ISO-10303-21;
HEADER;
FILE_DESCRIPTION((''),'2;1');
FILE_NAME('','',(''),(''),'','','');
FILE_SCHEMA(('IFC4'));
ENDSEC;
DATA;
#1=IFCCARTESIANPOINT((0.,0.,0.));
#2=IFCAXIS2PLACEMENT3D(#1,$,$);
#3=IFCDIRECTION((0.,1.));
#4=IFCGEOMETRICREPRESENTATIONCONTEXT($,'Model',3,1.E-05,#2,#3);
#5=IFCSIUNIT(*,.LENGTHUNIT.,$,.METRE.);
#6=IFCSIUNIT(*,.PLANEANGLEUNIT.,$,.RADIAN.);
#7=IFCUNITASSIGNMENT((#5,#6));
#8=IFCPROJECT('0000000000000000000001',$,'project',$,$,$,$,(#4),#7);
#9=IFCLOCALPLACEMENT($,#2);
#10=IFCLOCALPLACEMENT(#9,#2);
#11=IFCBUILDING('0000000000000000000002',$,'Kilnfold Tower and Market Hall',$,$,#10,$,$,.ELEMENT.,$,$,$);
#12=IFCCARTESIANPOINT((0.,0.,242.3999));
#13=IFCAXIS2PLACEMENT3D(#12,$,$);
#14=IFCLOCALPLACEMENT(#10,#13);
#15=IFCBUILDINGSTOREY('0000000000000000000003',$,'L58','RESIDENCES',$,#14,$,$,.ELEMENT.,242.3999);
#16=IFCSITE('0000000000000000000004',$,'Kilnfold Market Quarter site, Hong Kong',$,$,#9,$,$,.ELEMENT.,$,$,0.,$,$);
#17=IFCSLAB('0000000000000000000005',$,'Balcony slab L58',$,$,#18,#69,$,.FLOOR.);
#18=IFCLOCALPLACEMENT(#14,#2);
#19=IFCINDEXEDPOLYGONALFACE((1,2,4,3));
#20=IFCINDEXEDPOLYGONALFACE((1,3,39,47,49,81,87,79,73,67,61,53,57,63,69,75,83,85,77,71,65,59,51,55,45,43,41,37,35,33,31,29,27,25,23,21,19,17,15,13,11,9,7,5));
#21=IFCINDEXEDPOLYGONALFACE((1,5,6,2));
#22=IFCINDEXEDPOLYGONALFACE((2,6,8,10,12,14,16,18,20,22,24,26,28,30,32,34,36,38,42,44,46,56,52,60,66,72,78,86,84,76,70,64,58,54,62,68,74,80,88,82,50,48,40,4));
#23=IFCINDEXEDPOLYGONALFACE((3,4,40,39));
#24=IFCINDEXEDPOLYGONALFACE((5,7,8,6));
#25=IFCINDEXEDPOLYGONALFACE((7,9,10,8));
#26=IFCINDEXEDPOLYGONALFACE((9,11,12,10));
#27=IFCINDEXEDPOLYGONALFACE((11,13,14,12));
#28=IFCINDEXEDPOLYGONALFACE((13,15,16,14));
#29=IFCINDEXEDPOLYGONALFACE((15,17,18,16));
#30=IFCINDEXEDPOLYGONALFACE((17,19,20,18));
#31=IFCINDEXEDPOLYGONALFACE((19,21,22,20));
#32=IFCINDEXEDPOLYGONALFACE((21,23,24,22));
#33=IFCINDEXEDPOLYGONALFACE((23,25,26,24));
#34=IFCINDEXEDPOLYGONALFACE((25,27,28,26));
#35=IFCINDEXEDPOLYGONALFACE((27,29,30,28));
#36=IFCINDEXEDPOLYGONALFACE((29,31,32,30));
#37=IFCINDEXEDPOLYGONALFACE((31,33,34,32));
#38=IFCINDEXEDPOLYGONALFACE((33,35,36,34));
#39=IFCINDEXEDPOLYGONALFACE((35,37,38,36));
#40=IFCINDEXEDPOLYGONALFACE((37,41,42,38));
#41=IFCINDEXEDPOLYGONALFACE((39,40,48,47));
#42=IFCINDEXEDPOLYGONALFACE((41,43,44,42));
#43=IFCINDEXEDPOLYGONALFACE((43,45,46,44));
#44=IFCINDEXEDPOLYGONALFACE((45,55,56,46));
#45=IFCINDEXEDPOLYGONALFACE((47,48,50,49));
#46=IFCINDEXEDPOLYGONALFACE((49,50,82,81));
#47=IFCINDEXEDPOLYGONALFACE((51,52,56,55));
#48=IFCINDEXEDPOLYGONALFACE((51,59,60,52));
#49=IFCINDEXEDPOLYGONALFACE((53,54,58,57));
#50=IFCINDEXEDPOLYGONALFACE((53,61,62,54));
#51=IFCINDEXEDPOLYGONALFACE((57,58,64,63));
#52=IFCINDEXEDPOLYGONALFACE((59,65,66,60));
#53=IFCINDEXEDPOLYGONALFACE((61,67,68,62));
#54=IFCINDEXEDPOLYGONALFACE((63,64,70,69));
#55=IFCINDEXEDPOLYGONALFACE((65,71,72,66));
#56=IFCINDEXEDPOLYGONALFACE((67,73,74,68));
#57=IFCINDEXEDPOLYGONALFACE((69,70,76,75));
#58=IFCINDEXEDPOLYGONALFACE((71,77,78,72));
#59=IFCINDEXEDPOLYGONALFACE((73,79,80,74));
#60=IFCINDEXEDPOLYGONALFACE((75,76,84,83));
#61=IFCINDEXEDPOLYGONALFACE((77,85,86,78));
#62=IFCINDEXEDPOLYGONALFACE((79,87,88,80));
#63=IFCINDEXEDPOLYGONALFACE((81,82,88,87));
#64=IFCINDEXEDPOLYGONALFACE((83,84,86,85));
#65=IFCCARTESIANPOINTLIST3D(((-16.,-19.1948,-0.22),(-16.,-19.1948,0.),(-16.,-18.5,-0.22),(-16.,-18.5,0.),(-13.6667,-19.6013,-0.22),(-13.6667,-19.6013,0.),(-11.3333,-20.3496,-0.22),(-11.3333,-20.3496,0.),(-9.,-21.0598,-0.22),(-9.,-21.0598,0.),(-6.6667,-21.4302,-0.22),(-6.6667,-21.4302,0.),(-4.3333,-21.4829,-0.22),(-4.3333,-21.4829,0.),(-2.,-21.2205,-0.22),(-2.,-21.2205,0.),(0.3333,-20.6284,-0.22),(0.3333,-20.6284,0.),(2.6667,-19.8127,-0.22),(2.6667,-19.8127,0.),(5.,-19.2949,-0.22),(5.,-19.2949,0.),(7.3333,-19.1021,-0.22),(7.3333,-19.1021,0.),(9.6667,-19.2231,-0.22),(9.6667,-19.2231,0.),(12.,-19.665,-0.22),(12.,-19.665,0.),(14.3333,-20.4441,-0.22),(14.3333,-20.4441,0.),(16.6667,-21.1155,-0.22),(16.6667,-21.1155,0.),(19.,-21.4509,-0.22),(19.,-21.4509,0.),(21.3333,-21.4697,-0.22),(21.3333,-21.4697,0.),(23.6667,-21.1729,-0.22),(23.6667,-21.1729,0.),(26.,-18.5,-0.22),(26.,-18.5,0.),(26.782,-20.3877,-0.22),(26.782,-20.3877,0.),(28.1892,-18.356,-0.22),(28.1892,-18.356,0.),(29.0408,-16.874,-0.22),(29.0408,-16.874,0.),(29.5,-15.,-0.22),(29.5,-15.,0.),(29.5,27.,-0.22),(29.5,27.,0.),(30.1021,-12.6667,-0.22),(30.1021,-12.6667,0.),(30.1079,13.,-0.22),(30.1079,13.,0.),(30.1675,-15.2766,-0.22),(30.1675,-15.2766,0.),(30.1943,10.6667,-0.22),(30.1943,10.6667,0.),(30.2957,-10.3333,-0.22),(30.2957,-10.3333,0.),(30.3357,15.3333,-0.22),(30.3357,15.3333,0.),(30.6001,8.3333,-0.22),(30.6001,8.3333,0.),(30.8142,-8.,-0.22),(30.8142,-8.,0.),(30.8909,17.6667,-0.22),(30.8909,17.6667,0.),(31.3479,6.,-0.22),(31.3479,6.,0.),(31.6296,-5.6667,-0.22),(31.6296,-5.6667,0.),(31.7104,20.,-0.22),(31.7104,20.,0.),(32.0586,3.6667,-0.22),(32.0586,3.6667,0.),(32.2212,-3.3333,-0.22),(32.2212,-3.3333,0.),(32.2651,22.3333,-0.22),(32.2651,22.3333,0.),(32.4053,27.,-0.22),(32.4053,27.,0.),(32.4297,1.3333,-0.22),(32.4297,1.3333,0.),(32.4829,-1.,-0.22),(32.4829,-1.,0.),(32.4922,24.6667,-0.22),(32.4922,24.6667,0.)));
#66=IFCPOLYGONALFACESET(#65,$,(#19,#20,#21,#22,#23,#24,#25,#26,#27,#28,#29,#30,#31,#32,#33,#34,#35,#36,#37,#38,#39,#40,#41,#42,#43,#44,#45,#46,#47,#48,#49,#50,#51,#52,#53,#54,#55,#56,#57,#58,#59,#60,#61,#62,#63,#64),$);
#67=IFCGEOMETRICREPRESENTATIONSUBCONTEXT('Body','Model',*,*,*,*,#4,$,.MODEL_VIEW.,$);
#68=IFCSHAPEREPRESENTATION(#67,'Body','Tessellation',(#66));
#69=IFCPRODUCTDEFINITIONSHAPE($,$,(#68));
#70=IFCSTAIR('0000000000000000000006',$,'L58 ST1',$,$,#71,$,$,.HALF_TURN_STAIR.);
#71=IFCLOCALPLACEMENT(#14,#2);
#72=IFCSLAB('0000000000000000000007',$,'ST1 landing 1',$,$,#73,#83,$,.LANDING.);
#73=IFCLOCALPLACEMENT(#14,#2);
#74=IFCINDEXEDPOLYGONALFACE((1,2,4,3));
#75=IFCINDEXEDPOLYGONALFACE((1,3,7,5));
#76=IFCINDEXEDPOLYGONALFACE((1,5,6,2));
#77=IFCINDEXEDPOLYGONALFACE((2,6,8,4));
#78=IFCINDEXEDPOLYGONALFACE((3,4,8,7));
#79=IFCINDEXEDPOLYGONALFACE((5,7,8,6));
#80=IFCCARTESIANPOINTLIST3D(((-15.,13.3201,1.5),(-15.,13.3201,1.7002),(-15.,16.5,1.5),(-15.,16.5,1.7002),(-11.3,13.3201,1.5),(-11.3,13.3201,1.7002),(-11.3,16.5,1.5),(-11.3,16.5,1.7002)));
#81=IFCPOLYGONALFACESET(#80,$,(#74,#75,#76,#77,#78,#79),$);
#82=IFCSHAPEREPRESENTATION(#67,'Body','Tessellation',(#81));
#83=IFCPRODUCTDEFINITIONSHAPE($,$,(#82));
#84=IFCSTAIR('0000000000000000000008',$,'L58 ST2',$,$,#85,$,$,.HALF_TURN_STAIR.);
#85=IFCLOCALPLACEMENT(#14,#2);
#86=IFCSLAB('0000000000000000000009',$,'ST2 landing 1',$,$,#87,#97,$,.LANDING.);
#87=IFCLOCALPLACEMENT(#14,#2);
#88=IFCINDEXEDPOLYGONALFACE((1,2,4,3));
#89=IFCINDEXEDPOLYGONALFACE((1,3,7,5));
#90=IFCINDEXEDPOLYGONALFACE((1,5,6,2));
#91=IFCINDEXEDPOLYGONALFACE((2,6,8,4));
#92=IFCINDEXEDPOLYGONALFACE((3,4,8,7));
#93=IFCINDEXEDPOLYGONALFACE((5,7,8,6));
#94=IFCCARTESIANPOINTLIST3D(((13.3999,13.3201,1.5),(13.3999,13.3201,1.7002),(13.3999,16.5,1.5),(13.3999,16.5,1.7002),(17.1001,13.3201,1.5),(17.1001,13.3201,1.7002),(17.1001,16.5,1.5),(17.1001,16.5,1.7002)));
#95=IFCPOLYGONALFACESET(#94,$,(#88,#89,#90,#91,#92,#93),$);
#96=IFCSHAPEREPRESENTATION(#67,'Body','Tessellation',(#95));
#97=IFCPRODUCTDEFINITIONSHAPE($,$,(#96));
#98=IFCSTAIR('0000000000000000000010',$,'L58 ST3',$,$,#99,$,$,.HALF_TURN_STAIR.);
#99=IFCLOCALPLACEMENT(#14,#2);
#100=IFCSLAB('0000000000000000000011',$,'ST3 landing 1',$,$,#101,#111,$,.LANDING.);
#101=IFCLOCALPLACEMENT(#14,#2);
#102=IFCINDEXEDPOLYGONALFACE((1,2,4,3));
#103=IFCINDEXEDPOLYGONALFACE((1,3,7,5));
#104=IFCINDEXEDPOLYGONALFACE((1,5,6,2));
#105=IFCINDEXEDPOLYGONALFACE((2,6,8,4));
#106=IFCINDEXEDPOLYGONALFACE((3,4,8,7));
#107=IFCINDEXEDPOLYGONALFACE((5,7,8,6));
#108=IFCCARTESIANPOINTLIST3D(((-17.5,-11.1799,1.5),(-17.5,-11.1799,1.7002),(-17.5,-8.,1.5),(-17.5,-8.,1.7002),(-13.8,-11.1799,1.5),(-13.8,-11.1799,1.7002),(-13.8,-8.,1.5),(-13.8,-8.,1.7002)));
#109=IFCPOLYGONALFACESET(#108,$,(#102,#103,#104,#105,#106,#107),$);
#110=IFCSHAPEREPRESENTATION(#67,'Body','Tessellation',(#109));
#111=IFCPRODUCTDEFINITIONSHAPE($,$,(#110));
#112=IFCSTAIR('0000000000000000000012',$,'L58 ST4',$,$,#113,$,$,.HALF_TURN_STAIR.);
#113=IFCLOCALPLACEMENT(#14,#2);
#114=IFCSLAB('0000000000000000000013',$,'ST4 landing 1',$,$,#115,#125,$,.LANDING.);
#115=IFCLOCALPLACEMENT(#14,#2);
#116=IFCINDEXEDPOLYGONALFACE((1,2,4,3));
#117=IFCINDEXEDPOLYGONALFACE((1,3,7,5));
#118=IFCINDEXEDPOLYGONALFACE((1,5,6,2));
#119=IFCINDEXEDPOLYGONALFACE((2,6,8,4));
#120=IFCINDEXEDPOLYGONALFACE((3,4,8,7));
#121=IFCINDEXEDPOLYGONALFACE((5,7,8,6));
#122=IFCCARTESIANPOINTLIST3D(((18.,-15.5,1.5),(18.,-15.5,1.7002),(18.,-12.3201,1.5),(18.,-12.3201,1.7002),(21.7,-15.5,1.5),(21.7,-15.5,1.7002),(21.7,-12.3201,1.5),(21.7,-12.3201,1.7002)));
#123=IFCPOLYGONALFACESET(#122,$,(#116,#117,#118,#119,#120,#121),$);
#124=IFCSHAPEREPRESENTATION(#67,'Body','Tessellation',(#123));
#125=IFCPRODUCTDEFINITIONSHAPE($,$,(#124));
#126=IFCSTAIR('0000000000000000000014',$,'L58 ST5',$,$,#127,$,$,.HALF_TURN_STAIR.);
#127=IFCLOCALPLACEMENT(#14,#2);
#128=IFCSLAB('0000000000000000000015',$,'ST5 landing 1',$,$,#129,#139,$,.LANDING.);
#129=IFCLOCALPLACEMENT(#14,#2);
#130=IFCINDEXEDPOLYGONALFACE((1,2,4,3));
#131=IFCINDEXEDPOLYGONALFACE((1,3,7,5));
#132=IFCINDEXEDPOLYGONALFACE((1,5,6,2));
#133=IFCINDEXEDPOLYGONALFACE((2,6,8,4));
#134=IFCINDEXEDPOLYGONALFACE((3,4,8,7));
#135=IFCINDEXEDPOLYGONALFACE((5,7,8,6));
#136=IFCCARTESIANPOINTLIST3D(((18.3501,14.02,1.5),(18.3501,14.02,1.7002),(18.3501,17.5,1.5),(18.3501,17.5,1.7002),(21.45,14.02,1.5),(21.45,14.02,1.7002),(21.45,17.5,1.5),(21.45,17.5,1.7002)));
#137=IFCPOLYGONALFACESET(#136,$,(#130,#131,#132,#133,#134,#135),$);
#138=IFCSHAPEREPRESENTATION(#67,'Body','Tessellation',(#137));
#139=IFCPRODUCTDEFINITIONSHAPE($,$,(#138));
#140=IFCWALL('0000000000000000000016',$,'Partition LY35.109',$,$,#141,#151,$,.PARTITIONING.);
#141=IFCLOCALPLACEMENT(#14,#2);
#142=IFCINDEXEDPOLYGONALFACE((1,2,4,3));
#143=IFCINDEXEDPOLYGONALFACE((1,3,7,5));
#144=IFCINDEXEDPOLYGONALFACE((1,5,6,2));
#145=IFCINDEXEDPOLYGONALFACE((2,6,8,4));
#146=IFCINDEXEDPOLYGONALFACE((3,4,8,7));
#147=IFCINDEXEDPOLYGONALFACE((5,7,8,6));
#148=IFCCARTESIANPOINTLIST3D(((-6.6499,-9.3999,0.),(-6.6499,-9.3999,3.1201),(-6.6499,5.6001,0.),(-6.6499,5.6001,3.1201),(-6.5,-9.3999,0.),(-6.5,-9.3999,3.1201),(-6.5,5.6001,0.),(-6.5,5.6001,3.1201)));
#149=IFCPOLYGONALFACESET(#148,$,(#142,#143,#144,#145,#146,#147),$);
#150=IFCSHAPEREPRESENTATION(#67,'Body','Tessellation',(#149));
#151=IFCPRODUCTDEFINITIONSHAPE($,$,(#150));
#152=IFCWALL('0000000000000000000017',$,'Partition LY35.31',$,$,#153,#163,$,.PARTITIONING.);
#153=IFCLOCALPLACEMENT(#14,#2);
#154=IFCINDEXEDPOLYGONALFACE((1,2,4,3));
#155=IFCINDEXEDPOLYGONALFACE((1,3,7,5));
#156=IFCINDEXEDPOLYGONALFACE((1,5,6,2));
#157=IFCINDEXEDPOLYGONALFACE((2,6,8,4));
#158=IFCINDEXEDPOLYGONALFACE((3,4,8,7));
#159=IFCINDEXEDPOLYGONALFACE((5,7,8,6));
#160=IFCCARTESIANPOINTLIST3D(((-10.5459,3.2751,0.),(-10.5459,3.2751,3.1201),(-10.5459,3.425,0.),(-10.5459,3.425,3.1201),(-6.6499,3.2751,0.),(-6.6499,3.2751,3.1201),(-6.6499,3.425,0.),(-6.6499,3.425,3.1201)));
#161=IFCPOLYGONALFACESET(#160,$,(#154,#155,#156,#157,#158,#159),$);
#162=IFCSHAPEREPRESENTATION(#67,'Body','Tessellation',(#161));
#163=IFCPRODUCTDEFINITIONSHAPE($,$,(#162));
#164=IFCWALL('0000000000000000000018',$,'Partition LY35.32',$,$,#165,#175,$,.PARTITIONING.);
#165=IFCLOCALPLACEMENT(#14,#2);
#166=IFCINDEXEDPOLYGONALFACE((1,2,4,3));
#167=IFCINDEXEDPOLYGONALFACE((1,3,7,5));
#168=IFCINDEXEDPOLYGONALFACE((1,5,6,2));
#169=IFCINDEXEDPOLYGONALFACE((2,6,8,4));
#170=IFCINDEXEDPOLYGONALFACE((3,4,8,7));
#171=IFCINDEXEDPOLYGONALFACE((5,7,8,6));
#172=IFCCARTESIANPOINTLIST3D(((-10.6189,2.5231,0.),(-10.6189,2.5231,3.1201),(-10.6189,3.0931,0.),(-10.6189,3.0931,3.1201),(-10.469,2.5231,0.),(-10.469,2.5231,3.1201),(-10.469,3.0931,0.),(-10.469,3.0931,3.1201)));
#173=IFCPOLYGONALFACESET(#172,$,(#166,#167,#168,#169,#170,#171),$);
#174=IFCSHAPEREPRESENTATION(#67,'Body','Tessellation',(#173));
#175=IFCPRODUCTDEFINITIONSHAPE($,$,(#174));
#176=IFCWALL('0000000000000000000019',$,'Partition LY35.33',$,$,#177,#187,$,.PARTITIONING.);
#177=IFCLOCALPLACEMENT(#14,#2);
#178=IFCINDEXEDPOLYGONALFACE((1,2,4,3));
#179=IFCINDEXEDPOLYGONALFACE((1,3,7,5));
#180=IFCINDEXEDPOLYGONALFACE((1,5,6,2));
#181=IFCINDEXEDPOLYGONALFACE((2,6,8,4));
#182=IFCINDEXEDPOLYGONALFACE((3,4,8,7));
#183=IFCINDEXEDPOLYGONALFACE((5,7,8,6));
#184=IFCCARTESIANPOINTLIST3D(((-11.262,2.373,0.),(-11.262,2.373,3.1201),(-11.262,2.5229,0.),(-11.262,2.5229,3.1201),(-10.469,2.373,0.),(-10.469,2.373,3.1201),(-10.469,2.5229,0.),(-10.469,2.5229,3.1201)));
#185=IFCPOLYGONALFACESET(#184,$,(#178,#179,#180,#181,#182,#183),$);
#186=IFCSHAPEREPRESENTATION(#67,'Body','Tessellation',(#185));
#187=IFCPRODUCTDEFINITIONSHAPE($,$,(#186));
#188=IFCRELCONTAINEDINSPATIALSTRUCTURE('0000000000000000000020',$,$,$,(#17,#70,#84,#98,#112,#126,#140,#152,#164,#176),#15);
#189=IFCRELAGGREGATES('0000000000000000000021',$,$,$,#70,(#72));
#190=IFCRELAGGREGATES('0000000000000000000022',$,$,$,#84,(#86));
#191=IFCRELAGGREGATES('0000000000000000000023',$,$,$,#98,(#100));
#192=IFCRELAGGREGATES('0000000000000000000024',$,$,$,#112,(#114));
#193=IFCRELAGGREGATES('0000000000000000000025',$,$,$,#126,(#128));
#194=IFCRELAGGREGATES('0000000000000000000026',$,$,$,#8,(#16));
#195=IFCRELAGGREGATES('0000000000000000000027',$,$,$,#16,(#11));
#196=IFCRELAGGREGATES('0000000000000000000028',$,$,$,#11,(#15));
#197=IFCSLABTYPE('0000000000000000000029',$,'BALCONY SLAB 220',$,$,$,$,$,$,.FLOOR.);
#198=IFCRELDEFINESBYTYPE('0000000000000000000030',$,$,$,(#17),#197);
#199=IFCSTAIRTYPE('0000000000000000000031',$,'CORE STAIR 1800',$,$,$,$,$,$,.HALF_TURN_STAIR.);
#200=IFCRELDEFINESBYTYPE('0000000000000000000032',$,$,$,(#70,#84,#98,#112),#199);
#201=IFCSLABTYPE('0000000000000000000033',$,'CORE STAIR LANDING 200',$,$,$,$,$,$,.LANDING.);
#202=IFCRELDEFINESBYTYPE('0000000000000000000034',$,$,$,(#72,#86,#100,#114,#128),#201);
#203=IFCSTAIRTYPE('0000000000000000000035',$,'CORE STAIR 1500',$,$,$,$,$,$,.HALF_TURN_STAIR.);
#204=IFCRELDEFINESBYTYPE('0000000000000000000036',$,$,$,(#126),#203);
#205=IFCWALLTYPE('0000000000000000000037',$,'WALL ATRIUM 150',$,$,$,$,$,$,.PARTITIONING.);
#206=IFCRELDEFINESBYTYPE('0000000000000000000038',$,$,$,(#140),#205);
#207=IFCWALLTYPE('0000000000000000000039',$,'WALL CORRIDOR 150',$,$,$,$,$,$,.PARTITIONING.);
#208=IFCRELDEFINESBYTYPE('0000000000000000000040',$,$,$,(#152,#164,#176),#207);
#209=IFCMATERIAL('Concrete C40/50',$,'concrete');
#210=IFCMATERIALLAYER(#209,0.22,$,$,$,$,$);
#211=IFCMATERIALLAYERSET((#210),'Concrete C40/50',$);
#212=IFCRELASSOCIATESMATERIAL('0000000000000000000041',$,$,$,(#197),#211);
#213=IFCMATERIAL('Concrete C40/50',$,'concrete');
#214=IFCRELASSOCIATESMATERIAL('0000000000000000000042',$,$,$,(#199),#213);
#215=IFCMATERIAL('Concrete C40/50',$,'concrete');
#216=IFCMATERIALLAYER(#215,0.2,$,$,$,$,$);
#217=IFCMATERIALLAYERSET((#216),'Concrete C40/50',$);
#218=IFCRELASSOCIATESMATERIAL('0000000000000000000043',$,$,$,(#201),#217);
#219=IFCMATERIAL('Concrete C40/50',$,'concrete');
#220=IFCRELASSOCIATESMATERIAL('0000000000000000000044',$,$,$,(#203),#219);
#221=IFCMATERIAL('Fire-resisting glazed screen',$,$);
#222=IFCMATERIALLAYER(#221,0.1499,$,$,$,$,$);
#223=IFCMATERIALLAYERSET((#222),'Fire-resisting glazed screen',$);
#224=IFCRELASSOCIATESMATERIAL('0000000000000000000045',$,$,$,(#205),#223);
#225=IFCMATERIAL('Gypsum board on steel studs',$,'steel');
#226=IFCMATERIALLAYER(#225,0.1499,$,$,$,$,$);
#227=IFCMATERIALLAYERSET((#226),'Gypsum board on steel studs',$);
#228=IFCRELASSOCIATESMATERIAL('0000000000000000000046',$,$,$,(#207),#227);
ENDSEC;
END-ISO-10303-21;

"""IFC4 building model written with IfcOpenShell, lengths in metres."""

from ifc_helpers import new_model, si_unit, direction, frame, frame_2d, origin, place, context, subcontext, project, spatial, polyline, rectangle, outline, extrude, source, transform, mapped, material, layer, layer_set, type_object, element, aggregate, save


model = new_model("IFC4")

# Units and contexts
model_context = context("Model", 3, precision=1e-05, world=origin(), true_north=direction((0.0, 1.0)))
body_context = subcontext(model_context, "Body", "Model", "MODEL_VIEW")
ifc_project = project(units=[si_unit("LENGTHUNIT", "METRE"), si_unit("PLANEANGLEUNIT", "RADIAN")], contexts=[model_context])

# Site, building, storey
site_placement = place(None, origin())
site = spatial("IfcSite", under=ifc_project, at=site_placement, Name="Kilnfold Market Quarter site, Hong Kong", CompositionType="ELEMENT", RefElevation=0.0)
building_placement = place(site_placement, origin())
building = spatial("IfcBuilding", under=site, at=building_placement, Name="Kilnfold Tower and Market Hall", CompositionType="ELEMENT")
storey_placement = place(building_placement, frame((0.0, 0.0, 242.3999)))
storey = spatial("IfcBuildingStorey", under=building, at=storey_placement, Name="L58", Description="RESIDENCES", CompositionType="ELEMENT", Elevation=242.3999)

# Slab
ifc_material_1 = material(Name="Concrete C40/50", Category="concrete")
ifc_layer_1 = layer(ifc_material_1, 0.22)
ifc_layer_set_1 = layer_set([ifc_layer_1], Name="Concrete C40/50")
slab_type_1 = type_object("IfcSlabType", Name="BALCONY SLAB 220", PredefinedType="FLOOR", material=ifc_layer_set_1)
shared_shape_1 = source(origin(), body_context, "Body", "SweptSolid", [
    extrude(outline(polyline([(-16.0, -18.5), (26.0, -18.5), (29.5, -15.0), (29.5, 27.0), (32.4053, 27.0), (32.4922, 24.6667), (32.2651, 22.3333), (31.7104, 20.0), (30.8909, 17.6667), (30.3357, 15.3333), (30.1079, 13.0), (30.1943, 10.6667), (30.6001, 8.3333), (31.3479, 6.0), (32.0586, 3.6667), (32.4297, 1.3333), (32.4829, -1.0), (32.2212, -3.3333), (31.6296, -5.6667), (30.8142, -8.0), (30.2957, -10.3333), (30.1021, -12.6667), (30.1675, -15.2766), (29.0408, -16.874), (28.1892, -18.356), (26.782, -20.3877), (23.6667, -21.1729), (21.3333, -21.4697), (19.0, -21.4509), (16.6667, -21.1155), (14.3333, -20.4441), (12.0, -19.665), (9.6667, -19.2231), (7.3333, -19.1021), (5.0, -19.2949), (2.6667, -19.8127), (0.3333, -20.6284), (-2.0, -21.2205), (-4.3333, -21.4829), (-6.6667, -21.4302), (-9.0, -21.0598), (-11.3333, -20.3496), (-13.6667, -19.6013), (-16.0, -19.1948), (-16.0, -18.5)])), origin(), (0.0, 0.0, 1.0), 0.22),
])
slab_1_placement = place(storey_placement, frame((0.0, 0.0, -0.22)))
element("IfcSlab", 1, at=slab_1_placement, inside=storey, type_object=slab_type_1, Name="Balcony slab L58", PredefinedType="FLOOR", context=body_context, shape_type="MappedRepresentation", body=[
    mapped(shared_shape_1, transform((0.0, 0.0, 0.0))),
])

# Stairs, slabs
ifc_material_2 = material(Name="Concrete C40/50", Category="concrete")
stair_type_1 = type_object("IfcStairType", Name="CORE STAIR 1800", PredefinedType="HALF_TURN_STAIR", material=ifc_material_2)
stair_1_placement = place(storey_placement, origin())
stair_1 = element("IfcStair", 2, at=stair_1_placement, inside=storey, type_object=stair_type_1, Name="L58 ST1", PredefinedType="HALF_TURN_STAIR")
ifc_material_3 = material(Name="Concrete C40/50", Category="concrete")
ifc_layer_2 = layer(ifc_material_3, 0.2)
ifc_layer_set_2 = layer_set([ifc_layer_2], Name="Concrete C40/50")
slab_type_2 = type_object("IfcSlabType", Name="CORE STAIR LANDING 200", PredefinedType="LANDING", material=ifc_layer_set_2)
shared_shape_2 = source(origin(), body_context, "Body", "SweptSolid", [
    extrude(outline(polyline([(-11.3, 13.3201), (-11.3, 16.5), (-15.0, 16.5), (-15.0, 13.3201), (-11.3, 13.3201)])), origin(), (0.0, 0.0, 1.0), 0.2002),
])
slab_2_placement = place(storey_placement, frame((0.0, 0.0, 1.5)))
slab_2 = element("IfcSlab", 3, at=slab_2_placement, type_object=slab_type_2, Name="ST1 landing 1", PredefinedType="LANDING", context=body_context, shape_type="MappedRepresentation", body=[
    mapped(shared_shape_2, transform((0.0, 0.0, 0.0))),
])
aggregate(stair_1, [slab_2])
stair_2_placement = place(storey_placement, origin())
stair_2 = element("IfcStair", 4, at=stair_2_placement, inside=storey, type_object=stair_type_1, Name="L58 ST2", PredefinedType="HALF_TURN_STAIR")
shared_shape_3 = source(origin(), body_context, "Body", "SweptSolid", [
    extrude(outline(polyline([(17.1001, 13.3201), (17.1001, 16.5), (13.3999, 16.5), (13.3999, 13.3201), (17.1001, 13.3201)])), origin(), (0.0, 0.0, 1.0), 0.2002),
])
slab_3_placement = place(storey_placement, frame((0.0, 0.0, 1.5)))
slab_3 = element("IfcSlab", 5, at=slab_3_placement, type_object=slab_type_2, Name="ST2 landing 1", PredefinedType="LANDING", context=body_context, shape_type="MappedRepresentation", body=[
    mapped(shared_shape_3, transform((0.0, 0.0, 0.0))),
])
aggregate(stair_2, [slab_3])
stair_3_placement = place(storey_placement, origin())
stair_3 = element("IfcStair", 6, at=stair_3_placement, inside=storey, type_object=stair_type_1, Name="L58 ST3", PredefinedType="HALF_TURN_STAIR")
shared_shape_4 = source(origin(), body_context, "Body", "SweptSolid", [
    extrude(outline(polyline([(-13.8, -11.1799), (-13.8, -8.0), (-17.5, -8.0), (-17.5, -11.1799), (-13.8, -11.1799)])), origin(), (0.0, 0.0, 1.0), 0.2002),
])
slab_4_placement = place(storey_placement, frame((0.0, 0.0, 1.5)))
slab_4 = element("IfcSlab", 7, at=slab_4_placement, type_object=slab_type_2, Name="ST3 landing 1", PredefinedType="LANDING", context=body_context, shape_type="MappedRepresentation", body=[
    mapped(shared_shape_4, transform((0.0, 0.0, 0.0))),
])
aggregate(stair_3, [slab_4])
stair_4_placement = place(storey_placement, origin())
stair_4 = element("IfcStair", 8, at=stair_4_placement, inside=storey, type_object=stair_type_1, Name="L58 ST4", PredefinedType="HALF_TURN_STAIR")
shared_shape_5 = source(origin(), body_context, "Body", "SweptSolid", [
    extrude(outline(polyline([(18.0, -12.3201), (18.0, -15.5), (21.7, -15.5), (21.7, -12.3201), (18.0, -12.3201)])), origin(), (0.0, 0.0, 1.0), 0.2002),
])
slab_5_placement = place(storey_placement, frame((0.0, 0.0, 1.5)))
slab_5 = element("IfcSlab", 9, at=slab_5_placement, type_object=slab_type_2, Name="ST4 landing 1", PredefinedType="LANDING", context=body_context, shape_type="MappedRepresentation", body=[
    mapped(shared_shape_5, transform((0.0, 0.0, 0.0))),
])
aggregate(stair_4, [slab_5])
ifc_material_4 = material(Name="Concrete C40/50", Category="concrete")
stair_type_2 = type_object("IfcStairType", Name="CORE STAIR 1500", PredefinedType="HALF_TURN_STAIR", material=ifc_material_4)
stair_5_placement = place(storey_placement, origin())
stair_5 = element("IfcStair", 10, at=stair_5_placement, inside=storey, type_object=stair_type_2, Name="L58 ST5", PredefinedType="HALF_TURN_STAIR")
shared_shape_6 = source(origin(), body_context, "Body", "SweptSolid", [
    extrude(outline(polyline([(21.45, 14.02), (21.45, 17.5), (18.3501, 17.5), (18.3501, 14.02), (21.45, 14.02)])), origin(), (0.0, 0.0, 1.0), 0.2002),
])
slab_6_placement = place(storey_placement, frame((0.0, 0.0, 1.5)))
slab_6 = element("IfcSlab", 11, at=slab_6_placement, type_object=slab_type_2, Name="ST5 landing 1", PredefinedType="LANDING", context=body_context, shape_type="MappedRepresentation", body=[
    mapped(shared_shape_6, transform((0.0, 0.0, 0.0))),
])
aggregate(stair_5, [slab_6])

# Walls
ifc_material_5 = material(Name="Fire-resisting glazed screen")
ifc_layer_3 = layer(ifc_material_5, 0.1499)
ifc_layer_set_3 = layer_set([ifc_layer_3], Name="Fire-resisting glazed screen")
wall_type_1 = type_object("IfcWallType", Name="WALL ATRIUM 150", PredefinedType="PARTITIONING", material=ifc_layer_set_3)
wall_1_placement = place(storey_placement, frame((-6.575, -9.3999, 0.0), z_axis=(0.0, 0.0, 1.0), x_axis=(0.0, 1.0, 0.0)))
element("IfcWall", 12, at=wall_1_placement, inside=storey, type_object=wall_type_1, Name="Partition LY35.109", PredefinedType="PARTITIONING", context=body_context, shape_type="SweptSolid", body=[
    extrude(rectangle(XDim=15.0, YDim=0.1499, at=frame_2d((7.5, 0.0))), origin(), (0.0, 0.0, 1.0), 3.1201),
])
ifc_material_6 = material(Name="Gypsum board on steel studs", Category="steel")
ifc_layer_4 = layer(ifc_material_6, 0.1499)
ifc_layer_set_4 = layer_set([ifc_layer_4], Name="Gypsum board on steel studs")
wall_type_2 = type_object("IfcWallType", Name="WALL CORRIDOR 150", PredefinedType="PARTITIONING", material=ifc_layer_set_4)
wall_2_placement = place(storey_placement, frame((-10.5459, 3.3501, 0.0), z_axis=(0.0, 0.0, 1.0), x_axis=(1.0, 0.0, 0.0)))
element("IfcWall", 13, at=wall_2_placement, inside=storey, type_object=wall_type_2, Name="Partition LY35.31", PredefinedType="PARTITIONING", context=body_context, shape_type="SweptSolid", body=[
    extrude(rectangle(XDim=3.896, YDim=0.1499, at=frame_2d((1.948, 0.0))), origin(), (0.0, 0.0, 1.0), 3.1201),
])
wall_3_placement = place(storey_placement, frame((-10.5439, 2.5229, 0.0), z_axis=(0.0, 0.0, 1.0), x_axis=(0.0, 1.0, 0.0)))
element("IfcWall", 14, at=wall_3_placement, inside=storey, type_object=wall_type_2, Name="Partition LY35.32", PredefinedType="PARTITIONING", context=body_context, shape_type="SweptSolid", body=[
    extrude(rectangle(XDim=0.5701, YDim=0.1499, at=frame_2d((0.2852, 0.0))), origin(), (0.0, 0.0, 1.0), 3.1201),
])
wall_4_placement = place(storey_placement, frame((-11.262, 2.448, 0.0), z_axis=(0.0, 0.0, 1.0), x_axis=(1.0, 0.0, 0.0)))
element("IfcWall", 15, at=wall_4_placement, inside=storey, type_object=wall_type_2, Name="Partition LY35.33", PredefinedType="PARTITIONING", context=body_context, shape_type="SweptSolid", body=[
    extrude(rectangle(XDim=0.793, YDim=0.1499, at=frame_2d((0.3965, 0.0))), origin(), (0.0, 0.0, 1.0), 3.1201),
])

save(model, "model.ifc")
